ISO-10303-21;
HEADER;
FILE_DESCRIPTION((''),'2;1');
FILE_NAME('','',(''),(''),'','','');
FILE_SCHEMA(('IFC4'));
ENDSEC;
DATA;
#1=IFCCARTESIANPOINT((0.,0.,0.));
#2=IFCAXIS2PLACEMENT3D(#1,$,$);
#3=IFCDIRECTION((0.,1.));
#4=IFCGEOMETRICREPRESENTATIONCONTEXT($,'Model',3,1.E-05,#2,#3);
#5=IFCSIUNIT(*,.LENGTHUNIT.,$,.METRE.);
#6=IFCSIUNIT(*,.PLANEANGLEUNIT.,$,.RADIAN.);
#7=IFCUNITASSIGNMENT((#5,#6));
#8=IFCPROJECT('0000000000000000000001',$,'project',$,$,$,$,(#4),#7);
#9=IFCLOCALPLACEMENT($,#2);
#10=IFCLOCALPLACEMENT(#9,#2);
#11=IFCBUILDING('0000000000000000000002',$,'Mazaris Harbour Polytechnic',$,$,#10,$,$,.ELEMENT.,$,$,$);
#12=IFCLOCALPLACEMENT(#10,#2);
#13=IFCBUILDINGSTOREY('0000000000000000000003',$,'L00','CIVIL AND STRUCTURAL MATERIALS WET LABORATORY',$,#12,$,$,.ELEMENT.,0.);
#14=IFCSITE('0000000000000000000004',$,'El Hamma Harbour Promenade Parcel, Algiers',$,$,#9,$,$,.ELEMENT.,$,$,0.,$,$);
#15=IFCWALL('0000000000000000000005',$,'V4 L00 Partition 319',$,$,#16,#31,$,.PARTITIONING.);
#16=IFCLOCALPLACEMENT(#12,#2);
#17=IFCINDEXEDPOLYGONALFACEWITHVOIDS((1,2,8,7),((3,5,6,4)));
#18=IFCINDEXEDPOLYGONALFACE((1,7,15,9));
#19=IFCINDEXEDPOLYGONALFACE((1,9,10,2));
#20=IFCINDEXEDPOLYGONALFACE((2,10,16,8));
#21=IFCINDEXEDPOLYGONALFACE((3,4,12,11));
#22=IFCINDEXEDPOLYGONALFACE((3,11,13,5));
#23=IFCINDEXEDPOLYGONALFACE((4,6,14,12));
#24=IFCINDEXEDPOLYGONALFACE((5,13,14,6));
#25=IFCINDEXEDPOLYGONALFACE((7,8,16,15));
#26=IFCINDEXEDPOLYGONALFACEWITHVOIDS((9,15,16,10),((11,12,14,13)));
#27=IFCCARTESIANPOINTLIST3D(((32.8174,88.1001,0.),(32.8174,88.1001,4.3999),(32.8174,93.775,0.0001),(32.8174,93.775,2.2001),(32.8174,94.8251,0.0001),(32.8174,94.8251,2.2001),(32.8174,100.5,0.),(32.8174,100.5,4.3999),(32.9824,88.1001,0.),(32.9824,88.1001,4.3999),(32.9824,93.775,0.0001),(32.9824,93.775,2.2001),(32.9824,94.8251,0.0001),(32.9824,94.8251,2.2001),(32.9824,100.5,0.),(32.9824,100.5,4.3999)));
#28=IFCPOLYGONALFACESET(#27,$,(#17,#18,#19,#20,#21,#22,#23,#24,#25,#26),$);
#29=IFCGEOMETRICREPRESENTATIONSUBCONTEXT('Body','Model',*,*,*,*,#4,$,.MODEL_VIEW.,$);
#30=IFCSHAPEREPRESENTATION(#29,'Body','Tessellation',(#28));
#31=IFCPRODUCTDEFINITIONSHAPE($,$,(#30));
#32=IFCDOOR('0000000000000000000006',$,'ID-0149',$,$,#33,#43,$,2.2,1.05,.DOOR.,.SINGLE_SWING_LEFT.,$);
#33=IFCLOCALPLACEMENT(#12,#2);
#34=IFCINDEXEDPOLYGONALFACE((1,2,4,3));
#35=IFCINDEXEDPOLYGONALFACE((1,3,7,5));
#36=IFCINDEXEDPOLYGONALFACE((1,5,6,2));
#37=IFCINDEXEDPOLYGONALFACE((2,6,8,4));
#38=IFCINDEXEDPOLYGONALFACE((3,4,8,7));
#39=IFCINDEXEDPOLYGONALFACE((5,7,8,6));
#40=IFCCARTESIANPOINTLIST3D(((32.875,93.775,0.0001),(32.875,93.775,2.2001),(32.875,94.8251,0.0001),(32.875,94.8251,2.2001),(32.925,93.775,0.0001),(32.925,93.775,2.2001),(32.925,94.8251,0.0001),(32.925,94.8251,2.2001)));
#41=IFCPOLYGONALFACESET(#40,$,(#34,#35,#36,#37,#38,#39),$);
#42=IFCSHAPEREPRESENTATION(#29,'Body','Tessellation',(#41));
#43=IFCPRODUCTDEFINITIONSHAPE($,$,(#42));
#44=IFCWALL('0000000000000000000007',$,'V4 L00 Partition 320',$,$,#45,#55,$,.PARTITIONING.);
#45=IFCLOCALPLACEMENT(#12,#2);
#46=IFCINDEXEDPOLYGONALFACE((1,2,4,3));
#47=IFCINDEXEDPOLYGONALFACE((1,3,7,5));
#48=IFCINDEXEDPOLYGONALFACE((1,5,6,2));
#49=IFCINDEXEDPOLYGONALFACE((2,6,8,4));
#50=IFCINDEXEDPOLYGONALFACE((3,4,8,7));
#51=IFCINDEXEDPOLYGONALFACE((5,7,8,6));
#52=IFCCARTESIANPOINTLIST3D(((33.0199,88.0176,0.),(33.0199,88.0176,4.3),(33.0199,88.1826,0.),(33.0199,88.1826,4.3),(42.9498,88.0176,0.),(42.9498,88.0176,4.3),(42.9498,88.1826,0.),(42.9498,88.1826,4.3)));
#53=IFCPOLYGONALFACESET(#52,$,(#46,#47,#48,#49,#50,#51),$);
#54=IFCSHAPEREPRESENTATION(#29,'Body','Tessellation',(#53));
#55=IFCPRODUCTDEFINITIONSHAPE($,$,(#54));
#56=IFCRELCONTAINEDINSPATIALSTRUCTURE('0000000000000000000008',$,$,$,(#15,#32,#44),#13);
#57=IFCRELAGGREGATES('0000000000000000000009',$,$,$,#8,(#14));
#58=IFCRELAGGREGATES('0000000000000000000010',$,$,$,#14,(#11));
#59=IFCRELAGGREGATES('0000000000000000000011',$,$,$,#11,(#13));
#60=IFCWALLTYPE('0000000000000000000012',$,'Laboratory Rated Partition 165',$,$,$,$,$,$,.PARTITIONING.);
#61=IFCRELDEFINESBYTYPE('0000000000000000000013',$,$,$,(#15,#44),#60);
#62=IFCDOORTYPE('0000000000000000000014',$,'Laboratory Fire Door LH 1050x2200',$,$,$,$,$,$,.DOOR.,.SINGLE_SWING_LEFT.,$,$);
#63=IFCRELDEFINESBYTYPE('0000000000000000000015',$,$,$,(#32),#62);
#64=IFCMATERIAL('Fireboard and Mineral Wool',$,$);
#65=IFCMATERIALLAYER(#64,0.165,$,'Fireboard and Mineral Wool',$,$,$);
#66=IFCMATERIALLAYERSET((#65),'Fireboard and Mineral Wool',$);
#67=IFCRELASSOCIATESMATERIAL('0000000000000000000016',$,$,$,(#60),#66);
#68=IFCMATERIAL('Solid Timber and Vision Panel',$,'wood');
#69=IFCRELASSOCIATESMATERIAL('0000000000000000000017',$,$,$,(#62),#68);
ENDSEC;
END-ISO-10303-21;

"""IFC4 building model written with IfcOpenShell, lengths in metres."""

from ifc_helpers import new_model, si_unit, direction, frame, frame_2d, origin, place, context, subcontext, project, spatial, rectangle, extrude, material, layer, layer_set, type_object, element, fill, save


model = new_model("IFC4")

# Units and contexts
model_context = context("Model", 3, precision=1e-05, world=origin(), true_north=direction((0.0, 1.0)))
body_context = subcontext(model_context, "Body", "Model", "MODEL_VIEW")
ifc_project = project(units=[si_unit("LENGTHUNIT", "METRE"), si_unit("PLANEANGLEUNIT", "RADIAN")], contexts=[model_context])

# Site, building, storey
site_placement = place(None, origin())
site = spatial("IfcSite", under=ifc_project, at=site_placement, Name="El Hamma Harbour Promenade Parcel, Algiers", CompositionType="ELEMENT", RefElevation=0.0)
building_placement = place(site_placement, origin())
building = spatial("IfcBuilding", under=site, at=building_placement, Name="Mazaris Harbour Polytechnic", CompositionType="ELEMENT")
storey_placement = place(building_placement, origin())
storey = spatial("IfcBuildingStorey", under=building, at=storey_placement, Name="L00", Description="CIVIL AND STRUCTURAL MATERIALS WET LABORATORY", CompositionType="ELEMENT", Elevation=0.0)

# Wall, opening, door
ifc_material_1 = material(Name="Fireboard and Mineral Wool")
ifc_layer = layer(ifc_material_1, 0.165, Name="Fireboard and Mineral Wool")
ifc_layer_set = layer_set([ifc_layer], Name="Fireboard and Mineral Wool")
wall_type = type_object("IfcWallType", Name="Laboratory Rated Partition 165", PredefinedType="PARTITIONING", material=ifc_layer_set)
wall_1_placement = place(storey_placement, frame((32.8999, 88.1001, 0.0), z_axis=(0.0, 0.0, 1.0), x_axis=(0.0, 1.0, 0.0)))
wall_1 = element("IfcWall", 1, at=wall_1_placement, inside=storey, type_object=wall_type, Name="V4 L00 Partition 319", PredefinedType="PARTITIONING", context=body_context, shape_type="SweptSolid", body=[
    extrude(rectangle(XDim=12.3999, YDim=0.165, at=frame_2d((6.2, 0.0))), origin(), (0.0, 0.0, 1.0), 4.3999),
])
opening_placement = place(wall_1_placement, frame((5.675, 0.0, 0.0)))
opening = element("IfcOpeningElement", 2, at=opening_placement, cuts=wall_1, PredefinedType="OPENING", context=body_context, shape_type="SweptSolid", body=[
    extrude(rectangle(XDim=1.05, YDim=2.2, at=frame_2d((0.5249, 1.1001))), frame((0.0, 0.0925, 0.0), z_axis=(0.0, -1.0, 0.0), x_axis=(1.0, 0.0, 0.0)), (0.0, 0.0, 1.0), 0.1851),
])
ifc_material_2 = material(Name="Solid Timber and Vision Panel", Category="wood")
door_type = type_object("IfcDoorType", Name="Laboratory Fire Door LH 1050x2200", OperationType="SINGLE_SWING_LEFT", PredefinedType="DOOR", material=ifc_material_2)
door_placement = place(opening_placement, origin())
door = element("IfcDoor", 3, at=door_placement, inside=storey, type_object=door_type, Name="ID-0149", OperationType="SINGLE_SWING_LEFT", OverallHeight=2.2, OverallWidth=1.05, PredefinedType="DOOR", context=body_context, shape_type="SweptSolid", body=[
    extrude(rectangle(XDim=1.05, YDim=2.2, at=frame_2d((0.5249, 1.1001))), frame((0.0, 0.0249, 0.0), z_axis=(0.0, -1.0, 0.0), x_axis=(1.0, 0.0, 0.0)), (0.0, 0.0, 1.0), 0.05),
])
fill(opening, door)

# Wall
wall_2_placement = place(storey_placement, frame((33.02, 88.1001, 0.0), z_axis=(0.0, 0.0, 1.0), x_axis=(1.0, 0.0, 0.0)))
element("IfcWall", 4, at=wall_2_placement, inside=storey, type_object=wall_type, Name="V4 L00 Partition 320", PredefinedType="PARTITIONING", context=body_context, shape_type="SweptSolid", body=[
    extrude(rectangle(XDim=9.9299, YDim=0.165, at=frame_2d((4.9648, 0.0))), origin(), (0.0, 0.0, 1.0), 4.3),
])

save(model, "model.ifc")
